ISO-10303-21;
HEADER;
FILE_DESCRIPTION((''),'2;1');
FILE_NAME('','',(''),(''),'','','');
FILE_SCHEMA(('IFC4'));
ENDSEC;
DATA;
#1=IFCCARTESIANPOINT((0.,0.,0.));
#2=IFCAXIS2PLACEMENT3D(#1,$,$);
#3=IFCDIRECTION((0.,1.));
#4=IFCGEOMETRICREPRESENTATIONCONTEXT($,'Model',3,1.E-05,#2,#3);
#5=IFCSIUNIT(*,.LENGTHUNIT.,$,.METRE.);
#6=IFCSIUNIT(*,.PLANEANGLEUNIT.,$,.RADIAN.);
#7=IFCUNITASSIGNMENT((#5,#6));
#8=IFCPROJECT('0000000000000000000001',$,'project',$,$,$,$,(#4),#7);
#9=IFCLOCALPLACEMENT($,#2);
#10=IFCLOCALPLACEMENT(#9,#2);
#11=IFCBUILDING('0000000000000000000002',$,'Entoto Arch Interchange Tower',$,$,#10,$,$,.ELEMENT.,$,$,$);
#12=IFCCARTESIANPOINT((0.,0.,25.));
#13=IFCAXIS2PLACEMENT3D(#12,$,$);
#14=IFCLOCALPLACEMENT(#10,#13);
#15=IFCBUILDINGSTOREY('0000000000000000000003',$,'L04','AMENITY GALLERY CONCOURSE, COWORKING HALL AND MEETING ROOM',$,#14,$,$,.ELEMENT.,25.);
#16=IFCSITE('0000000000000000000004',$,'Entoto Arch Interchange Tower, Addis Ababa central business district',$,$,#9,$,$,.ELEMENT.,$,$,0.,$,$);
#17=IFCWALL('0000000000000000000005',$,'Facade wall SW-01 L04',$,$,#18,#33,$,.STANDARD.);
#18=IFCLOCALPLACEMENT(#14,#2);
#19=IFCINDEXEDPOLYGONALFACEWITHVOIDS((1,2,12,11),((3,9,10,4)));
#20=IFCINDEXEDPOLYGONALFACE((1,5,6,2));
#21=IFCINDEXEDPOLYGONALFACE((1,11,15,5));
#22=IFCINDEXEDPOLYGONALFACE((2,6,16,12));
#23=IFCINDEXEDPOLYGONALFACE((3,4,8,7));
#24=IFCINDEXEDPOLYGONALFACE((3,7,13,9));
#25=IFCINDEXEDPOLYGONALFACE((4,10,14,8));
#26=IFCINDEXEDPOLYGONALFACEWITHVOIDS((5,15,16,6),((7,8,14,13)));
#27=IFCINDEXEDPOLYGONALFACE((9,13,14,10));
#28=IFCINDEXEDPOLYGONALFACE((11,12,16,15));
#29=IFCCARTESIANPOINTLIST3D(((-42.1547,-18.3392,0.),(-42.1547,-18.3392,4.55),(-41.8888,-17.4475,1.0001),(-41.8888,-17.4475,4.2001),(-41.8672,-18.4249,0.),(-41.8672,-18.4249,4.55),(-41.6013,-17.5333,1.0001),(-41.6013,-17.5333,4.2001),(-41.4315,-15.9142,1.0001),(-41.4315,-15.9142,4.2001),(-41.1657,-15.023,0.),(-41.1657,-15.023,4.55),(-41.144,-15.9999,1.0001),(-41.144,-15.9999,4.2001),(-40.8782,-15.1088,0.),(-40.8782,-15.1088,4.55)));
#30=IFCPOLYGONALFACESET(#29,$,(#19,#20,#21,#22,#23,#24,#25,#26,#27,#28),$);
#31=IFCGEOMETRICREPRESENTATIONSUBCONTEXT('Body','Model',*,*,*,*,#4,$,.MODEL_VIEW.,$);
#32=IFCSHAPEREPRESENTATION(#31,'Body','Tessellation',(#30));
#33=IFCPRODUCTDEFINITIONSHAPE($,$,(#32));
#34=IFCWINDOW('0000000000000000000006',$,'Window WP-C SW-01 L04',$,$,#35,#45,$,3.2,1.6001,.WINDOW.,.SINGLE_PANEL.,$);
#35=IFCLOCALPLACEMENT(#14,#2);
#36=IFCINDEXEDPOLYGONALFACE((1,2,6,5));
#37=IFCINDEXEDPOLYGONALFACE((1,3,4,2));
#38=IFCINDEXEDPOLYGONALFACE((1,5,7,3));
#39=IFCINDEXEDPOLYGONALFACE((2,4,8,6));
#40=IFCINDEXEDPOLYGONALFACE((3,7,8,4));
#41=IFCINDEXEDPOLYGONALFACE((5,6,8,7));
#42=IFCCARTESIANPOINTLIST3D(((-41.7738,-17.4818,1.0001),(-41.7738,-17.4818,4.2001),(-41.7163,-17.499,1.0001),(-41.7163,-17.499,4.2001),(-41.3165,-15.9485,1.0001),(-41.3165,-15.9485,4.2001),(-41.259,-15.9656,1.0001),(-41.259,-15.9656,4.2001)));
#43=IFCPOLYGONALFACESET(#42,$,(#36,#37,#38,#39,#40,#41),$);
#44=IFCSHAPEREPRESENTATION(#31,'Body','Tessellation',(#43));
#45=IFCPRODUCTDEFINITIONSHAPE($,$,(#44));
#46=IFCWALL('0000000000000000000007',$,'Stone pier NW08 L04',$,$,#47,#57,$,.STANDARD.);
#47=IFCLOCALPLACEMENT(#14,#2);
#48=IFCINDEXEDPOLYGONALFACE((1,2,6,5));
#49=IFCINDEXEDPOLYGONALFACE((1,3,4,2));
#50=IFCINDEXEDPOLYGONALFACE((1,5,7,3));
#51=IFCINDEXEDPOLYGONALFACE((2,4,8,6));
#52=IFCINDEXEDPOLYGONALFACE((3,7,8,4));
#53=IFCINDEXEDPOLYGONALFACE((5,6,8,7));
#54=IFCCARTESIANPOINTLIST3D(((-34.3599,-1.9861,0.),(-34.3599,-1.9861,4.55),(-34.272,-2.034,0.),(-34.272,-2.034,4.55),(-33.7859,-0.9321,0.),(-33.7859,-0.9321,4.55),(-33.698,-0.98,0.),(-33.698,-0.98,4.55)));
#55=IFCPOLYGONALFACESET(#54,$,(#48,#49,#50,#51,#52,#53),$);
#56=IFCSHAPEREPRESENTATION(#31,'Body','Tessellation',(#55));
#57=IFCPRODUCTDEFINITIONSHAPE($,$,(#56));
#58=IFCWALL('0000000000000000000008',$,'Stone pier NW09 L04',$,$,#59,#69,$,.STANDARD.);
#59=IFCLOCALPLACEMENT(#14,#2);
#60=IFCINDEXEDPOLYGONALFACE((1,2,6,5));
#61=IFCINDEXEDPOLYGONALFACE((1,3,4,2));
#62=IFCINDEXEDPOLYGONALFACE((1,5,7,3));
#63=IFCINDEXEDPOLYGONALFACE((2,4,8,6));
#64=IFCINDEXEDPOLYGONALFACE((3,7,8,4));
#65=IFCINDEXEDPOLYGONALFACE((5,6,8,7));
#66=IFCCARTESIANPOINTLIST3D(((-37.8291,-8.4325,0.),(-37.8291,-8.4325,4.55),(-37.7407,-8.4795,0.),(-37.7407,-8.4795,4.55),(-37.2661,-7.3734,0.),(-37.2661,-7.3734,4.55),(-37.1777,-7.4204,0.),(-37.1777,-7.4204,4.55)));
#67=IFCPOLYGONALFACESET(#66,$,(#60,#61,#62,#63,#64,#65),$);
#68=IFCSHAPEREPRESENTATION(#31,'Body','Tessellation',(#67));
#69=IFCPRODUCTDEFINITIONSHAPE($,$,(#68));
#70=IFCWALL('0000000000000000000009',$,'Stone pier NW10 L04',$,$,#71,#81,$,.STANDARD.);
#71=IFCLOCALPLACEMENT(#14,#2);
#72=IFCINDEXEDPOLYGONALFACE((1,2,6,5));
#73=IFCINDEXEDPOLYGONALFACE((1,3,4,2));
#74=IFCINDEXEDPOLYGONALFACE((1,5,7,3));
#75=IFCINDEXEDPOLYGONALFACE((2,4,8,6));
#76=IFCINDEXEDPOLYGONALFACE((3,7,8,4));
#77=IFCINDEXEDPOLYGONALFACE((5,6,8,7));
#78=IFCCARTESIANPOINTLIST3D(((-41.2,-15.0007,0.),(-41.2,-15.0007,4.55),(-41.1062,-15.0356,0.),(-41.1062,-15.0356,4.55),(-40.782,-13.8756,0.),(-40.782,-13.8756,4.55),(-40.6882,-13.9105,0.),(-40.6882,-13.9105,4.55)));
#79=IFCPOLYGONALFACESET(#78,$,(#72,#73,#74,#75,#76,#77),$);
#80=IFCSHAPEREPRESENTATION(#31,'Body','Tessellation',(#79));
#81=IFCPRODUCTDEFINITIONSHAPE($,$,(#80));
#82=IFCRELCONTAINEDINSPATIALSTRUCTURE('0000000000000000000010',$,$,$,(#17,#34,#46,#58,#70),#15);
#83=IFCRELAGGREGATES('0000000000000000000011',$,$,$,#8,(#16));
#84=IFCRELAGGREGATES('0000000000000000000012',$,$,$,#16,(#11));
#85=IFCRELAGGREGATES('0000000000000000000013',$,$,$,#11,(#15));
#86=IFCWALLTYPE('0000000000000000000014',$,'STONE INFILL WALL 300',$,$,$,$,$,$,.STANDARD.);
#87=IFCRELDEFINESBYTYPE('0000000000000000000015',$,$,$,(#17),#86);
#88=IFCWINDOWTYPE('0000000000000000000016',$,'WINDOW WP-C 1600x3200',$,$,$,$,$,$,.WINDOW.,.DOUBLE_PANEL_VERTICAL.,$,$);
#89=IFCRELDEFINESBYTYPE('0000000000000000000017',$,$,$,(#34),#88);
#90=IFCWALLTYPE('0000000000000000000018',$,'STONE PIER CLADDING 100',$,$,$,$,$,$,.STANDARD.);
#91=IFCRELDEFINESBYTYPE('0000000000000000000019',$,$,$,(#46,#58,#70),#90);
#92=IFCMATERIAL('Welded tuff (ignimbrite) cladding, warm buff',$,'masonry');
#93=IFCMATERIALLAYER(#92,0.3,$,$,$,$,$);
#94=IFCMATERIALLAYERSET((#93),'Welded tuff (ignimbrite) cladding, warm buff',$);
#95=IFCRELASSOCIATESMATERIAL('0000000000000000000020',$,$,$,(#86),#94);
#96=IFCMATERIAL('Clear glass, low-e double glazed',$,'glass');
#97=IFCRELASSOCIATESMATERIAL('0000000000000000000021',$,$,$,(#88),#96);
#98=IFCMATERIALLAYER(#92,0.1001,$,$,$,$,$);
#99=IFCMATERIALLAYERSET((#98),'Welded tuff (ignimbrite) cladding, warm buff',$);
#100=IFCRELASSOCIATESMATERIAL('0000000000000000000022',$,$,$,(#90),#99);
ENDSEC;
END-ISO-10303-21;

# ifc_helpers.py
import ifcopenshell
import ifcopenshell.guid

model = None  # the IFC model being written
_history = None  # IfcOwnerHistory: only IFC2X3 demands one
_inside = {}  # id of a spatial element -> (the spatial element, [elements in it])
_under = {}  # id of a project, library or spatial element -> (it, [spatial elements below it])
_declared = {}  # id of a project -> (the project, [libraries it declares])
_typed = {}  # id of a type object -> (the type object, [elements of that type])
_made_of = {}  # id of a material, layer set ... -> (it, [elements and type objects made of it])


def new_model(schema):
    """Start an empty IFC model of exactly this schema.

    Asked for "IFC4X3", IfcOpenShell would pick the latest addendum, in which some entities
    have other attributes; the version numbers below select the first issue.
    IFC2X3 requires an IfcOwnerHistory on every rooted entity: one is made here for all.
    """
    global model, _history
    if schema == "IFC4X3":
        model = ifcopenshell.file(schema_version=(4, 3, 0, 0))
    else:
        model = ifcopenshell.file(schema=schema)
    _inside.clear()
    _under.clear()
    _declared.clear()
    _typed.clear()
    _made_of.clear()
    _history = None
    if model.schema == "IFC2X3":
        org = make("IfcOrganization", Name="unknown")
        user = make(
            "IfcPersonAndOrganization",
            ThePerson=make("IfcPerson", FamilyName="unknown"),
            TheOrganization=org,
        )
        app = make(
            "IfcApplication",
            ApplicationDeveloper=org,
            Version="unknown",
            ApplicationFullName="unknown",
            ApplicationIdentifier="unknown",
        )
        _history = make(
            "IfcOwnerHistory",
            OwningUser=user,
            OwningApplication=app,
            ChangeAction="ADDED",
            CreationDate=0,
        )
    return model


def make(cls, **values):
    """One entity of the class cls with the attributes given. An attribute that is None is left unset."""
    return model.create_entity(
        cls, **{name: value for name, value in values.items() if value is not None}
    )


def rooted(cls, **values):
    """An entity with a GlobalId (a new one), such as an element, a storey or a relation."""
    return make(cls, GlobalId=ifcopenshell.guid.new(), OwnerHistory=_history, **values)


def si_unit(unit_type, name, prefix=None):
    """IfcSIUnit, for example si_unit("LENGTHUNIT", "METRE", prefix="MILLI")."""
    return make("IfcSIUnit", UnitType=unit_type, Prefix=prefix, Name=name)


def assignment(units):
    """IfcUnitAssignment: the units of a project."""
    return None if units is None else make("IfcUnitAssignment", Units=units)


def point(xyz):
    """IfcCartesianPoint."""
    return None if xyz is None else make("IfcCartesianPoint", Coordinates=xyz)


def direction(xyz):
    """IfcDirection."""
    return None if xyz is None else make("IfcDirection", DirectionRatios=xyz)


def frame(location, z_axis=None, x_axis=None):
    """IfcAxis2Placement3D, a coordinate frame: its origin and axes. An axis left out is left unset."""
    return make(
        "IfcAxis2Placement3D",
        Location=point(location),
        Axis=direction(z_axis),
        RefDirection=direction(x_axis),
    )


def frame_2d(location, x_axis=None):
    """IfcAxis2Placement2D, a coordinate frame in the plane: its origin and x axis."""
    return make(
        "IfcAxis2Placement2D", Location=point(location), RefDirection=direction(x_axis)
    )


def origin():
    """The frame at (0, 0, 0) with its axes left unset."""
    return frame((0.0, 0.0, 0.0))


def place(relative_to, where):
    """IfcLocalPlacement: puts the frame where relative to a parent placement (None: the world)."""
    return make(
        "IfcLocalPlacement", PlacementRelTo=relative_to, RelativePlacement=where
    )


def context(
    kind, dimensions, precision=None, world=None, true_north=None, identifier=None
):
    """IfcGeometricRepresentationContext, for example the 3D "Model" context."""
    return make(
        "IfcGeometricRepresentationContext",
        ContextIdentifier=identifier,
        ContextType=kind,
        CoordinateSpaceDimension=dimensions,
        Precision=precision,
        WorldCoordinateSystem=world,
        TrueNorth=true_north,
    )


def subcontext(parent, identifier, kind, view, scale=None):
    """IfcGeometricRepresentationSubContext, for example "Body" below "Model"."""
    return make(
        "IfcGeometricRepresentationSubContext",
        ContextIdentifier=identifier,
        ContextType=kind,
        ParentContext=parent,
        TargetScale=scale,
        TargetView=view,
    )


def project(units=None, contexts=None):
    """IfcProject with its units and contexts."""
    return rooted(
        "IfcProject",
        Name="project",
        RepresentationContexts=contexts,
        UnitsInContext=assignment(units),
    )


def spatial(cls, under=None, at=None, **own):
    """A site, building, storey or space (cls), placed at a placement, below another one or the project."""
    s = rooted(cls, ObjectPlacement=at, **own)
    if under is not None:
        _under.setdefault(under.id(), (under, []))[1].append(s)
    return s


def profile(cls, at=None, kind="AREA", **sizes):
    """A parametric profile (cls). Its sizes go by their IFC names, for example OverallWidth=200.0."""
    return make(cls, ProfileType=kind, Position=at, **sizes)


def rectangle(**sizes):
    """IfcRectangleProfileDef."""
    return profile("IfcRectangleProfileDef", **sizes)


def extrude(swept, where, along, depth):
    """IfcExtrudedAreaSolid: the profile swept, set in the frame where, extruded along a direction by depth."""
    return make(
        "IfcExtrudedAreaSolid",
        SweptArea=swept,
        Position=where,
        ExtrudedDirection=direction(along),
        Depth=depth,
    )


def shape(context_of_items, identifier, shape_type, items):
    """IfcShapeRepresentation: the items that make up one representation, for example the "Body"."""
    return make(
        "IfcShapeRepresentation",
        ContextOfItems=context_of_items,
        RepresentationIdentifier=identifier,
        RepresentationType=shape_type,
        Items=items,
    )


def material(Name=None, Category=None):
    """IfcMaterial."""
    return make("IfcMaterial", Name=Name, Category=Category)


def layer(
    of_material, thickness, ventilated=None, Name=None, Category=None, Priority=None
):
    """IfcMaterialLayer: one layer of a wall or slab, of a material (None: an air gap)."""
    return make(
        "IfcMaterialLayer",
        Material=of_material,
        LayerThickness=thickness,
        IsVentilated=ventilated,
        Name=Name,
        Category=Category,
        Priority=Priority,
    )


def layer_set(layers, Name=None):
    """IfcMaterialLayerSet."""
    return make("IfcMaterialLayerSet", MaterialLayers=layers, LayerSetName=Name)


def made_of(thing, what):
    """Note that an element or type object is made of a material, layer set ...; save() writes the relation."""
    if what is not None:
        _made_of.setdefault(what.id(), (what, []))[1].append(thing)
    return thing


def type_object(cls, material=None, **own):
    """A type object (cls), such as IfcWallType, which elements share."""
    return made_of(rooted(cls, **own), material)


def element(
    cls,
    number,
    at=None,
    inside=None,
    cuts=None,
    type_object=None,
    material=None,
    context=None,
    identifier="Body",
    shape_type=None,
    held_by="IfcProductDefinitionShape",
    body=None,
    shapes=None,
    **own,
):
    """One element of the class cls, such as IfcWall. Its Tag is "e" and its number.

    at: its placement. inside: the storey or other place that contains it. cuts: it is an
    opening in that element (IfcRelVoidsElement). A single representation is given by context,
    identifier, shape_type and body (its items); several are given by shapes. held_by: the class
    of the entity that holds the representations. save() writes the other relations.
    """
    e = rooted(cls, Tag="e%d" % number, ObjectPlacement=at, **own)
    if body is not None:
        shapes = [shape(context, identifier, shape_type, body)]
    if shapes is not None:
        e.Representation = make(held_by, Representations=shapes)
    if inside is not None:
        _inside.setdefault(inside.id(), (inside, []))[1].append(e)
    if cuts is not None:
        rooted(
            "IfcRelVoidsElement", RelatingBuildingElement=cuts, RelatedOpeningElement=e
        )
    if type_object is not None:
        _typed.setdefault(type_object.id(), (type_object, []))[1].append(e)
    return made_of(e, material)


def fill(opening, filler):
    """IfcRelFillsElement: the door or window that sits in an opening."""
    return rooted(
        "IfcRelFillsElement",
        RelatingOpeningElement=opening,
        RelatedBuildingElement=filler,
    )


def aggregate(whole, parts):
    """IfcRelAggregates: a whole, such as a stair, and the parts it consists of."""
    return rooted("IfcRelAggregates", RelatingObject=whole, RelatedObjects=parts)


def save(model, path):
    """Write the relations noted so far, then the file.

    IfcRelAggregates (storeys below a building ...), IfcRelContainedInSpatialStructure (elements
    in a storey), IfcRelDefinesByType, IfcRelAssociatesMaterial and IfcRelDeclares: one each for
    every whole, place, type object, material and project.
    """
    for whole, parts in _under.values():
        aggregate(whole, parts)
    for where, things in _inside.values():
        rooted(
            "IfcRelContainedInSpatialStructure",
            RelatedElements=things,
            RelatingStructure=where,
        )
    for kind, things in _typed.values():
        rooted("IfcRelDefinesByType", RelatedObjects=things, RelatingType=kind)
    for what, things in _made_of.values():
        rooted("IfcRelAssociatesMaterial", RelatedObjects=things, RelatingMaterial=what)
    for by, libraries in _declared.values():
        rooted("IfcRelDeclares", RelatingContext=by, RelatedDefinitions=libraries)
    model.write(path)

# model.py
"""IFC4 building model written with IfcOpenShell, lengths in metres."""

from ifc_helpers import new_model, si_unit, direction, frame, frame_2d, origin, place, context, subcontext, project, spatial, rectangle, extrude, material, layer, layer_set, type_object, element, fill, save


model = new_model("IFC4")

# Units and contexts
model_context = context("Model", 3, precision=1e-05, world=origin(), true_north=direction((0.0, 1.0)))
body_context = subcontext(model_context, "Body", "Model", "MODEL_VIEW")
ifc_project = project(units=[si_unit("LENGTHUNIT", "METRE"), si_unit("PLANEANGLEUNIT", "RADIAN")], contexts=[model_context])

# Site, building, storey
site_placement = place(None, origin())
site = spatial("IfcSite", under=ifc_project, at=site_placement, Name="Entoto Arch Interchange Tower, Addis Ababa central business district", CompositionType="ELEMENT", RefElevation=0.0)
building_placement = place(site_placement, origin())
building = spatial("IfcBuilding", under=site, at=building_placement, Name="Entoto Arch Interchange Tower", CompositionType="ELEMENT")
storey_placement = place(building_placement, frame((0.0, 0.0, 25.0)))
storey = spatial("IfcBuildingStorey", under=building, at=storey_placement, Name="L04", Description="AMENITY GALLERY CONCOURSE, COWORKING HALL AND MEETING ROOM", CompositionType="ELEMENT", Elevation=25.0)

# Shared definitions
ifc_material_1 = material(Name="Welded tuff (ignimbrite) cladding, warm buff", Category="masonry")
ifc_layer_1 = layer(ifc_material_1, 0.3)
ifc_layer_set_1 = layer_set([ifc_layer_1], Name="Welded tuff (ignimbrite) cladding, warm buff")
wall_type_1 = type_object("IfcWallType", Name="STONE INFILL WALL 300", PredefinedType="STANDARD", material=ifc_layer_set_1)
ifc_material_2 = material(Name="Clear glass, low-e double glazed", Category="glass")

# Wall, opening, window
wall_1_placement = place(storey_placement, frame((-41.022, -15.0659, 0.0), z_axis=(0.0, 0.0, 1.0), x_axis=(-0.285801, -0.958289, 0.0)))
wall_1 = element("IfcWall", 1, at=wall_1_placement, inside=storey, type_object=wall_type_1, Name="Facade wall SW-01 L04", PredefinedType="STANDARD", context=body_context, shape_type="SweptSolid", body=[
    extrude(rectangle(XDim=3.4604, YDim=0.3, at=frame_2d((1.7302, 0.0))), origin(), (0.0, 0.0, 1.0), 4.55),
])
opening_1_placement = place(wall_1_placement, frame((0.9299, 0.0, 1.0)))
opening_1 = element("IfcOpeningElement", 2, at=opening_1_placement, cuts=wall_1, PredefinedType="OPENING", context=body_context, shape_type="SweptSolid", body=[
    extrude(rectangle(XDim=1.6001, YDim=3.2, at=frame_2d((0.8, 1.6001))), frame((0.0, 0.1602, 0.0), z_axis=(0.0, -1.0, 0.0), x_axis=(1.0, 0.0, 0.0)), (0.0, 0.0, 1.0), 0.3201),
])
window_type_1 = type_object("IfcWindowType", Name="WINDOW WP-C 1600x3200", PartitioningType="DOUBLE_PANEL_VERTICAL", PredefinedType="WINDOW", material=ifc_material_2)
window_1_placement = place(opening_1_placement, origin())
window_1 = element("IfcWindow", 3, at=window_1_placement, inside=storey, type_object=window_type_1, Name="Window WP-C SW-01 L04", OverallHeight=3.2, OverallWidth=1.6001, PartitioningType="SINGLE_PANEL", PredefinedType="WINDOW", context=body_context, shape_type="SweptSolid", body=[
    extrude(rectangle(XDim=1.6001, YDim=3.2, at=frame_2d((0.8, 1.6001))), frame((0.0, 0.03, 0.0), z_axis=(0.0, -1.0, 0.0), x_axis=(1.0, 0.0, 0.0)), (0.0, 0.0, 1.0), 0.0601),
])
fill(opening_1, window_1)

# Walls
ifc_layer_2 = layer(ifc_material_1, 0.1001)
ifc_layer_set_2 = layer_set([ifc_layer_2], Name="Welded tuff (ignimbrite) cladding, warm buff")
wall_type_2 = type_object("IfcWallType", Name="STONE PIER CLADDING 100", PredefinedType="STANDARD", material=ifc_layer_set_2)
wall_2_placement = place(storey_placement, frame((-33.7419, -0.9561, 0.0), z_axis=(0.0, 0.0, 1.0), x_axis=(-0.478268, -0.878214, 0.0)))
element("IfcWall", 4, at=wall_2_placement, inside=storey, type_object=wall_type_2, Name="Stone pier NW08 L04", PredefinedType="STANDARD", context=body_context, shape_type="SweptSolid", body=[
    extrude(rectangle(XDim=1.2002, YDim=0.1001, at=frame_2d((0.6001, 0.0))), origin(), (0.0, 0.0, 1.0), 4.55),
])
wall_3_placement = place(storey_placement, frame((-37.2219, -7.397, 0.0), z_axis=(0.0, 0.0, 1.0), x_axis=(-0.469383, -0.882994, 0.0)))
element("IfcWall", 5, at=wall_3_placement, inside=storey, type_object=wall_type_2, Name="Stone pier NW09 L04", PredefinedType="STANDARD", context=body_context, shape_type="SweptSolid", body=[
    extrude(rectangle(XDim=1.1995, YDim=0.1001, at=frame_2d((0.5996, 0.0))), origin(), (0.0, 0.0, 1.0), 4.55),
])
wall_4_placement = place(storey_placement, frame((-40.7351, -13.8931, 0.0), z_axis=(0.0, 0.0, 1.0), x_axis=(-0.348268, -0.937395, 0.0)))
element("IfcWall", 6, at=wall_4_placement, inside=storey, type_object=wall_type_2, Name="Stone pier NW10 L04", PredefinedType="STANDARD", context=body_context, shape_type="SweptSolid", body=[
    extrude(rectangle(XDim=1.2002, YDim=0.1001, at=frame_2d((0.6001, 0.0))), origin(), (0.0, 0.0, 1.0), 4.55),
])

save(model, "model.ifc")
